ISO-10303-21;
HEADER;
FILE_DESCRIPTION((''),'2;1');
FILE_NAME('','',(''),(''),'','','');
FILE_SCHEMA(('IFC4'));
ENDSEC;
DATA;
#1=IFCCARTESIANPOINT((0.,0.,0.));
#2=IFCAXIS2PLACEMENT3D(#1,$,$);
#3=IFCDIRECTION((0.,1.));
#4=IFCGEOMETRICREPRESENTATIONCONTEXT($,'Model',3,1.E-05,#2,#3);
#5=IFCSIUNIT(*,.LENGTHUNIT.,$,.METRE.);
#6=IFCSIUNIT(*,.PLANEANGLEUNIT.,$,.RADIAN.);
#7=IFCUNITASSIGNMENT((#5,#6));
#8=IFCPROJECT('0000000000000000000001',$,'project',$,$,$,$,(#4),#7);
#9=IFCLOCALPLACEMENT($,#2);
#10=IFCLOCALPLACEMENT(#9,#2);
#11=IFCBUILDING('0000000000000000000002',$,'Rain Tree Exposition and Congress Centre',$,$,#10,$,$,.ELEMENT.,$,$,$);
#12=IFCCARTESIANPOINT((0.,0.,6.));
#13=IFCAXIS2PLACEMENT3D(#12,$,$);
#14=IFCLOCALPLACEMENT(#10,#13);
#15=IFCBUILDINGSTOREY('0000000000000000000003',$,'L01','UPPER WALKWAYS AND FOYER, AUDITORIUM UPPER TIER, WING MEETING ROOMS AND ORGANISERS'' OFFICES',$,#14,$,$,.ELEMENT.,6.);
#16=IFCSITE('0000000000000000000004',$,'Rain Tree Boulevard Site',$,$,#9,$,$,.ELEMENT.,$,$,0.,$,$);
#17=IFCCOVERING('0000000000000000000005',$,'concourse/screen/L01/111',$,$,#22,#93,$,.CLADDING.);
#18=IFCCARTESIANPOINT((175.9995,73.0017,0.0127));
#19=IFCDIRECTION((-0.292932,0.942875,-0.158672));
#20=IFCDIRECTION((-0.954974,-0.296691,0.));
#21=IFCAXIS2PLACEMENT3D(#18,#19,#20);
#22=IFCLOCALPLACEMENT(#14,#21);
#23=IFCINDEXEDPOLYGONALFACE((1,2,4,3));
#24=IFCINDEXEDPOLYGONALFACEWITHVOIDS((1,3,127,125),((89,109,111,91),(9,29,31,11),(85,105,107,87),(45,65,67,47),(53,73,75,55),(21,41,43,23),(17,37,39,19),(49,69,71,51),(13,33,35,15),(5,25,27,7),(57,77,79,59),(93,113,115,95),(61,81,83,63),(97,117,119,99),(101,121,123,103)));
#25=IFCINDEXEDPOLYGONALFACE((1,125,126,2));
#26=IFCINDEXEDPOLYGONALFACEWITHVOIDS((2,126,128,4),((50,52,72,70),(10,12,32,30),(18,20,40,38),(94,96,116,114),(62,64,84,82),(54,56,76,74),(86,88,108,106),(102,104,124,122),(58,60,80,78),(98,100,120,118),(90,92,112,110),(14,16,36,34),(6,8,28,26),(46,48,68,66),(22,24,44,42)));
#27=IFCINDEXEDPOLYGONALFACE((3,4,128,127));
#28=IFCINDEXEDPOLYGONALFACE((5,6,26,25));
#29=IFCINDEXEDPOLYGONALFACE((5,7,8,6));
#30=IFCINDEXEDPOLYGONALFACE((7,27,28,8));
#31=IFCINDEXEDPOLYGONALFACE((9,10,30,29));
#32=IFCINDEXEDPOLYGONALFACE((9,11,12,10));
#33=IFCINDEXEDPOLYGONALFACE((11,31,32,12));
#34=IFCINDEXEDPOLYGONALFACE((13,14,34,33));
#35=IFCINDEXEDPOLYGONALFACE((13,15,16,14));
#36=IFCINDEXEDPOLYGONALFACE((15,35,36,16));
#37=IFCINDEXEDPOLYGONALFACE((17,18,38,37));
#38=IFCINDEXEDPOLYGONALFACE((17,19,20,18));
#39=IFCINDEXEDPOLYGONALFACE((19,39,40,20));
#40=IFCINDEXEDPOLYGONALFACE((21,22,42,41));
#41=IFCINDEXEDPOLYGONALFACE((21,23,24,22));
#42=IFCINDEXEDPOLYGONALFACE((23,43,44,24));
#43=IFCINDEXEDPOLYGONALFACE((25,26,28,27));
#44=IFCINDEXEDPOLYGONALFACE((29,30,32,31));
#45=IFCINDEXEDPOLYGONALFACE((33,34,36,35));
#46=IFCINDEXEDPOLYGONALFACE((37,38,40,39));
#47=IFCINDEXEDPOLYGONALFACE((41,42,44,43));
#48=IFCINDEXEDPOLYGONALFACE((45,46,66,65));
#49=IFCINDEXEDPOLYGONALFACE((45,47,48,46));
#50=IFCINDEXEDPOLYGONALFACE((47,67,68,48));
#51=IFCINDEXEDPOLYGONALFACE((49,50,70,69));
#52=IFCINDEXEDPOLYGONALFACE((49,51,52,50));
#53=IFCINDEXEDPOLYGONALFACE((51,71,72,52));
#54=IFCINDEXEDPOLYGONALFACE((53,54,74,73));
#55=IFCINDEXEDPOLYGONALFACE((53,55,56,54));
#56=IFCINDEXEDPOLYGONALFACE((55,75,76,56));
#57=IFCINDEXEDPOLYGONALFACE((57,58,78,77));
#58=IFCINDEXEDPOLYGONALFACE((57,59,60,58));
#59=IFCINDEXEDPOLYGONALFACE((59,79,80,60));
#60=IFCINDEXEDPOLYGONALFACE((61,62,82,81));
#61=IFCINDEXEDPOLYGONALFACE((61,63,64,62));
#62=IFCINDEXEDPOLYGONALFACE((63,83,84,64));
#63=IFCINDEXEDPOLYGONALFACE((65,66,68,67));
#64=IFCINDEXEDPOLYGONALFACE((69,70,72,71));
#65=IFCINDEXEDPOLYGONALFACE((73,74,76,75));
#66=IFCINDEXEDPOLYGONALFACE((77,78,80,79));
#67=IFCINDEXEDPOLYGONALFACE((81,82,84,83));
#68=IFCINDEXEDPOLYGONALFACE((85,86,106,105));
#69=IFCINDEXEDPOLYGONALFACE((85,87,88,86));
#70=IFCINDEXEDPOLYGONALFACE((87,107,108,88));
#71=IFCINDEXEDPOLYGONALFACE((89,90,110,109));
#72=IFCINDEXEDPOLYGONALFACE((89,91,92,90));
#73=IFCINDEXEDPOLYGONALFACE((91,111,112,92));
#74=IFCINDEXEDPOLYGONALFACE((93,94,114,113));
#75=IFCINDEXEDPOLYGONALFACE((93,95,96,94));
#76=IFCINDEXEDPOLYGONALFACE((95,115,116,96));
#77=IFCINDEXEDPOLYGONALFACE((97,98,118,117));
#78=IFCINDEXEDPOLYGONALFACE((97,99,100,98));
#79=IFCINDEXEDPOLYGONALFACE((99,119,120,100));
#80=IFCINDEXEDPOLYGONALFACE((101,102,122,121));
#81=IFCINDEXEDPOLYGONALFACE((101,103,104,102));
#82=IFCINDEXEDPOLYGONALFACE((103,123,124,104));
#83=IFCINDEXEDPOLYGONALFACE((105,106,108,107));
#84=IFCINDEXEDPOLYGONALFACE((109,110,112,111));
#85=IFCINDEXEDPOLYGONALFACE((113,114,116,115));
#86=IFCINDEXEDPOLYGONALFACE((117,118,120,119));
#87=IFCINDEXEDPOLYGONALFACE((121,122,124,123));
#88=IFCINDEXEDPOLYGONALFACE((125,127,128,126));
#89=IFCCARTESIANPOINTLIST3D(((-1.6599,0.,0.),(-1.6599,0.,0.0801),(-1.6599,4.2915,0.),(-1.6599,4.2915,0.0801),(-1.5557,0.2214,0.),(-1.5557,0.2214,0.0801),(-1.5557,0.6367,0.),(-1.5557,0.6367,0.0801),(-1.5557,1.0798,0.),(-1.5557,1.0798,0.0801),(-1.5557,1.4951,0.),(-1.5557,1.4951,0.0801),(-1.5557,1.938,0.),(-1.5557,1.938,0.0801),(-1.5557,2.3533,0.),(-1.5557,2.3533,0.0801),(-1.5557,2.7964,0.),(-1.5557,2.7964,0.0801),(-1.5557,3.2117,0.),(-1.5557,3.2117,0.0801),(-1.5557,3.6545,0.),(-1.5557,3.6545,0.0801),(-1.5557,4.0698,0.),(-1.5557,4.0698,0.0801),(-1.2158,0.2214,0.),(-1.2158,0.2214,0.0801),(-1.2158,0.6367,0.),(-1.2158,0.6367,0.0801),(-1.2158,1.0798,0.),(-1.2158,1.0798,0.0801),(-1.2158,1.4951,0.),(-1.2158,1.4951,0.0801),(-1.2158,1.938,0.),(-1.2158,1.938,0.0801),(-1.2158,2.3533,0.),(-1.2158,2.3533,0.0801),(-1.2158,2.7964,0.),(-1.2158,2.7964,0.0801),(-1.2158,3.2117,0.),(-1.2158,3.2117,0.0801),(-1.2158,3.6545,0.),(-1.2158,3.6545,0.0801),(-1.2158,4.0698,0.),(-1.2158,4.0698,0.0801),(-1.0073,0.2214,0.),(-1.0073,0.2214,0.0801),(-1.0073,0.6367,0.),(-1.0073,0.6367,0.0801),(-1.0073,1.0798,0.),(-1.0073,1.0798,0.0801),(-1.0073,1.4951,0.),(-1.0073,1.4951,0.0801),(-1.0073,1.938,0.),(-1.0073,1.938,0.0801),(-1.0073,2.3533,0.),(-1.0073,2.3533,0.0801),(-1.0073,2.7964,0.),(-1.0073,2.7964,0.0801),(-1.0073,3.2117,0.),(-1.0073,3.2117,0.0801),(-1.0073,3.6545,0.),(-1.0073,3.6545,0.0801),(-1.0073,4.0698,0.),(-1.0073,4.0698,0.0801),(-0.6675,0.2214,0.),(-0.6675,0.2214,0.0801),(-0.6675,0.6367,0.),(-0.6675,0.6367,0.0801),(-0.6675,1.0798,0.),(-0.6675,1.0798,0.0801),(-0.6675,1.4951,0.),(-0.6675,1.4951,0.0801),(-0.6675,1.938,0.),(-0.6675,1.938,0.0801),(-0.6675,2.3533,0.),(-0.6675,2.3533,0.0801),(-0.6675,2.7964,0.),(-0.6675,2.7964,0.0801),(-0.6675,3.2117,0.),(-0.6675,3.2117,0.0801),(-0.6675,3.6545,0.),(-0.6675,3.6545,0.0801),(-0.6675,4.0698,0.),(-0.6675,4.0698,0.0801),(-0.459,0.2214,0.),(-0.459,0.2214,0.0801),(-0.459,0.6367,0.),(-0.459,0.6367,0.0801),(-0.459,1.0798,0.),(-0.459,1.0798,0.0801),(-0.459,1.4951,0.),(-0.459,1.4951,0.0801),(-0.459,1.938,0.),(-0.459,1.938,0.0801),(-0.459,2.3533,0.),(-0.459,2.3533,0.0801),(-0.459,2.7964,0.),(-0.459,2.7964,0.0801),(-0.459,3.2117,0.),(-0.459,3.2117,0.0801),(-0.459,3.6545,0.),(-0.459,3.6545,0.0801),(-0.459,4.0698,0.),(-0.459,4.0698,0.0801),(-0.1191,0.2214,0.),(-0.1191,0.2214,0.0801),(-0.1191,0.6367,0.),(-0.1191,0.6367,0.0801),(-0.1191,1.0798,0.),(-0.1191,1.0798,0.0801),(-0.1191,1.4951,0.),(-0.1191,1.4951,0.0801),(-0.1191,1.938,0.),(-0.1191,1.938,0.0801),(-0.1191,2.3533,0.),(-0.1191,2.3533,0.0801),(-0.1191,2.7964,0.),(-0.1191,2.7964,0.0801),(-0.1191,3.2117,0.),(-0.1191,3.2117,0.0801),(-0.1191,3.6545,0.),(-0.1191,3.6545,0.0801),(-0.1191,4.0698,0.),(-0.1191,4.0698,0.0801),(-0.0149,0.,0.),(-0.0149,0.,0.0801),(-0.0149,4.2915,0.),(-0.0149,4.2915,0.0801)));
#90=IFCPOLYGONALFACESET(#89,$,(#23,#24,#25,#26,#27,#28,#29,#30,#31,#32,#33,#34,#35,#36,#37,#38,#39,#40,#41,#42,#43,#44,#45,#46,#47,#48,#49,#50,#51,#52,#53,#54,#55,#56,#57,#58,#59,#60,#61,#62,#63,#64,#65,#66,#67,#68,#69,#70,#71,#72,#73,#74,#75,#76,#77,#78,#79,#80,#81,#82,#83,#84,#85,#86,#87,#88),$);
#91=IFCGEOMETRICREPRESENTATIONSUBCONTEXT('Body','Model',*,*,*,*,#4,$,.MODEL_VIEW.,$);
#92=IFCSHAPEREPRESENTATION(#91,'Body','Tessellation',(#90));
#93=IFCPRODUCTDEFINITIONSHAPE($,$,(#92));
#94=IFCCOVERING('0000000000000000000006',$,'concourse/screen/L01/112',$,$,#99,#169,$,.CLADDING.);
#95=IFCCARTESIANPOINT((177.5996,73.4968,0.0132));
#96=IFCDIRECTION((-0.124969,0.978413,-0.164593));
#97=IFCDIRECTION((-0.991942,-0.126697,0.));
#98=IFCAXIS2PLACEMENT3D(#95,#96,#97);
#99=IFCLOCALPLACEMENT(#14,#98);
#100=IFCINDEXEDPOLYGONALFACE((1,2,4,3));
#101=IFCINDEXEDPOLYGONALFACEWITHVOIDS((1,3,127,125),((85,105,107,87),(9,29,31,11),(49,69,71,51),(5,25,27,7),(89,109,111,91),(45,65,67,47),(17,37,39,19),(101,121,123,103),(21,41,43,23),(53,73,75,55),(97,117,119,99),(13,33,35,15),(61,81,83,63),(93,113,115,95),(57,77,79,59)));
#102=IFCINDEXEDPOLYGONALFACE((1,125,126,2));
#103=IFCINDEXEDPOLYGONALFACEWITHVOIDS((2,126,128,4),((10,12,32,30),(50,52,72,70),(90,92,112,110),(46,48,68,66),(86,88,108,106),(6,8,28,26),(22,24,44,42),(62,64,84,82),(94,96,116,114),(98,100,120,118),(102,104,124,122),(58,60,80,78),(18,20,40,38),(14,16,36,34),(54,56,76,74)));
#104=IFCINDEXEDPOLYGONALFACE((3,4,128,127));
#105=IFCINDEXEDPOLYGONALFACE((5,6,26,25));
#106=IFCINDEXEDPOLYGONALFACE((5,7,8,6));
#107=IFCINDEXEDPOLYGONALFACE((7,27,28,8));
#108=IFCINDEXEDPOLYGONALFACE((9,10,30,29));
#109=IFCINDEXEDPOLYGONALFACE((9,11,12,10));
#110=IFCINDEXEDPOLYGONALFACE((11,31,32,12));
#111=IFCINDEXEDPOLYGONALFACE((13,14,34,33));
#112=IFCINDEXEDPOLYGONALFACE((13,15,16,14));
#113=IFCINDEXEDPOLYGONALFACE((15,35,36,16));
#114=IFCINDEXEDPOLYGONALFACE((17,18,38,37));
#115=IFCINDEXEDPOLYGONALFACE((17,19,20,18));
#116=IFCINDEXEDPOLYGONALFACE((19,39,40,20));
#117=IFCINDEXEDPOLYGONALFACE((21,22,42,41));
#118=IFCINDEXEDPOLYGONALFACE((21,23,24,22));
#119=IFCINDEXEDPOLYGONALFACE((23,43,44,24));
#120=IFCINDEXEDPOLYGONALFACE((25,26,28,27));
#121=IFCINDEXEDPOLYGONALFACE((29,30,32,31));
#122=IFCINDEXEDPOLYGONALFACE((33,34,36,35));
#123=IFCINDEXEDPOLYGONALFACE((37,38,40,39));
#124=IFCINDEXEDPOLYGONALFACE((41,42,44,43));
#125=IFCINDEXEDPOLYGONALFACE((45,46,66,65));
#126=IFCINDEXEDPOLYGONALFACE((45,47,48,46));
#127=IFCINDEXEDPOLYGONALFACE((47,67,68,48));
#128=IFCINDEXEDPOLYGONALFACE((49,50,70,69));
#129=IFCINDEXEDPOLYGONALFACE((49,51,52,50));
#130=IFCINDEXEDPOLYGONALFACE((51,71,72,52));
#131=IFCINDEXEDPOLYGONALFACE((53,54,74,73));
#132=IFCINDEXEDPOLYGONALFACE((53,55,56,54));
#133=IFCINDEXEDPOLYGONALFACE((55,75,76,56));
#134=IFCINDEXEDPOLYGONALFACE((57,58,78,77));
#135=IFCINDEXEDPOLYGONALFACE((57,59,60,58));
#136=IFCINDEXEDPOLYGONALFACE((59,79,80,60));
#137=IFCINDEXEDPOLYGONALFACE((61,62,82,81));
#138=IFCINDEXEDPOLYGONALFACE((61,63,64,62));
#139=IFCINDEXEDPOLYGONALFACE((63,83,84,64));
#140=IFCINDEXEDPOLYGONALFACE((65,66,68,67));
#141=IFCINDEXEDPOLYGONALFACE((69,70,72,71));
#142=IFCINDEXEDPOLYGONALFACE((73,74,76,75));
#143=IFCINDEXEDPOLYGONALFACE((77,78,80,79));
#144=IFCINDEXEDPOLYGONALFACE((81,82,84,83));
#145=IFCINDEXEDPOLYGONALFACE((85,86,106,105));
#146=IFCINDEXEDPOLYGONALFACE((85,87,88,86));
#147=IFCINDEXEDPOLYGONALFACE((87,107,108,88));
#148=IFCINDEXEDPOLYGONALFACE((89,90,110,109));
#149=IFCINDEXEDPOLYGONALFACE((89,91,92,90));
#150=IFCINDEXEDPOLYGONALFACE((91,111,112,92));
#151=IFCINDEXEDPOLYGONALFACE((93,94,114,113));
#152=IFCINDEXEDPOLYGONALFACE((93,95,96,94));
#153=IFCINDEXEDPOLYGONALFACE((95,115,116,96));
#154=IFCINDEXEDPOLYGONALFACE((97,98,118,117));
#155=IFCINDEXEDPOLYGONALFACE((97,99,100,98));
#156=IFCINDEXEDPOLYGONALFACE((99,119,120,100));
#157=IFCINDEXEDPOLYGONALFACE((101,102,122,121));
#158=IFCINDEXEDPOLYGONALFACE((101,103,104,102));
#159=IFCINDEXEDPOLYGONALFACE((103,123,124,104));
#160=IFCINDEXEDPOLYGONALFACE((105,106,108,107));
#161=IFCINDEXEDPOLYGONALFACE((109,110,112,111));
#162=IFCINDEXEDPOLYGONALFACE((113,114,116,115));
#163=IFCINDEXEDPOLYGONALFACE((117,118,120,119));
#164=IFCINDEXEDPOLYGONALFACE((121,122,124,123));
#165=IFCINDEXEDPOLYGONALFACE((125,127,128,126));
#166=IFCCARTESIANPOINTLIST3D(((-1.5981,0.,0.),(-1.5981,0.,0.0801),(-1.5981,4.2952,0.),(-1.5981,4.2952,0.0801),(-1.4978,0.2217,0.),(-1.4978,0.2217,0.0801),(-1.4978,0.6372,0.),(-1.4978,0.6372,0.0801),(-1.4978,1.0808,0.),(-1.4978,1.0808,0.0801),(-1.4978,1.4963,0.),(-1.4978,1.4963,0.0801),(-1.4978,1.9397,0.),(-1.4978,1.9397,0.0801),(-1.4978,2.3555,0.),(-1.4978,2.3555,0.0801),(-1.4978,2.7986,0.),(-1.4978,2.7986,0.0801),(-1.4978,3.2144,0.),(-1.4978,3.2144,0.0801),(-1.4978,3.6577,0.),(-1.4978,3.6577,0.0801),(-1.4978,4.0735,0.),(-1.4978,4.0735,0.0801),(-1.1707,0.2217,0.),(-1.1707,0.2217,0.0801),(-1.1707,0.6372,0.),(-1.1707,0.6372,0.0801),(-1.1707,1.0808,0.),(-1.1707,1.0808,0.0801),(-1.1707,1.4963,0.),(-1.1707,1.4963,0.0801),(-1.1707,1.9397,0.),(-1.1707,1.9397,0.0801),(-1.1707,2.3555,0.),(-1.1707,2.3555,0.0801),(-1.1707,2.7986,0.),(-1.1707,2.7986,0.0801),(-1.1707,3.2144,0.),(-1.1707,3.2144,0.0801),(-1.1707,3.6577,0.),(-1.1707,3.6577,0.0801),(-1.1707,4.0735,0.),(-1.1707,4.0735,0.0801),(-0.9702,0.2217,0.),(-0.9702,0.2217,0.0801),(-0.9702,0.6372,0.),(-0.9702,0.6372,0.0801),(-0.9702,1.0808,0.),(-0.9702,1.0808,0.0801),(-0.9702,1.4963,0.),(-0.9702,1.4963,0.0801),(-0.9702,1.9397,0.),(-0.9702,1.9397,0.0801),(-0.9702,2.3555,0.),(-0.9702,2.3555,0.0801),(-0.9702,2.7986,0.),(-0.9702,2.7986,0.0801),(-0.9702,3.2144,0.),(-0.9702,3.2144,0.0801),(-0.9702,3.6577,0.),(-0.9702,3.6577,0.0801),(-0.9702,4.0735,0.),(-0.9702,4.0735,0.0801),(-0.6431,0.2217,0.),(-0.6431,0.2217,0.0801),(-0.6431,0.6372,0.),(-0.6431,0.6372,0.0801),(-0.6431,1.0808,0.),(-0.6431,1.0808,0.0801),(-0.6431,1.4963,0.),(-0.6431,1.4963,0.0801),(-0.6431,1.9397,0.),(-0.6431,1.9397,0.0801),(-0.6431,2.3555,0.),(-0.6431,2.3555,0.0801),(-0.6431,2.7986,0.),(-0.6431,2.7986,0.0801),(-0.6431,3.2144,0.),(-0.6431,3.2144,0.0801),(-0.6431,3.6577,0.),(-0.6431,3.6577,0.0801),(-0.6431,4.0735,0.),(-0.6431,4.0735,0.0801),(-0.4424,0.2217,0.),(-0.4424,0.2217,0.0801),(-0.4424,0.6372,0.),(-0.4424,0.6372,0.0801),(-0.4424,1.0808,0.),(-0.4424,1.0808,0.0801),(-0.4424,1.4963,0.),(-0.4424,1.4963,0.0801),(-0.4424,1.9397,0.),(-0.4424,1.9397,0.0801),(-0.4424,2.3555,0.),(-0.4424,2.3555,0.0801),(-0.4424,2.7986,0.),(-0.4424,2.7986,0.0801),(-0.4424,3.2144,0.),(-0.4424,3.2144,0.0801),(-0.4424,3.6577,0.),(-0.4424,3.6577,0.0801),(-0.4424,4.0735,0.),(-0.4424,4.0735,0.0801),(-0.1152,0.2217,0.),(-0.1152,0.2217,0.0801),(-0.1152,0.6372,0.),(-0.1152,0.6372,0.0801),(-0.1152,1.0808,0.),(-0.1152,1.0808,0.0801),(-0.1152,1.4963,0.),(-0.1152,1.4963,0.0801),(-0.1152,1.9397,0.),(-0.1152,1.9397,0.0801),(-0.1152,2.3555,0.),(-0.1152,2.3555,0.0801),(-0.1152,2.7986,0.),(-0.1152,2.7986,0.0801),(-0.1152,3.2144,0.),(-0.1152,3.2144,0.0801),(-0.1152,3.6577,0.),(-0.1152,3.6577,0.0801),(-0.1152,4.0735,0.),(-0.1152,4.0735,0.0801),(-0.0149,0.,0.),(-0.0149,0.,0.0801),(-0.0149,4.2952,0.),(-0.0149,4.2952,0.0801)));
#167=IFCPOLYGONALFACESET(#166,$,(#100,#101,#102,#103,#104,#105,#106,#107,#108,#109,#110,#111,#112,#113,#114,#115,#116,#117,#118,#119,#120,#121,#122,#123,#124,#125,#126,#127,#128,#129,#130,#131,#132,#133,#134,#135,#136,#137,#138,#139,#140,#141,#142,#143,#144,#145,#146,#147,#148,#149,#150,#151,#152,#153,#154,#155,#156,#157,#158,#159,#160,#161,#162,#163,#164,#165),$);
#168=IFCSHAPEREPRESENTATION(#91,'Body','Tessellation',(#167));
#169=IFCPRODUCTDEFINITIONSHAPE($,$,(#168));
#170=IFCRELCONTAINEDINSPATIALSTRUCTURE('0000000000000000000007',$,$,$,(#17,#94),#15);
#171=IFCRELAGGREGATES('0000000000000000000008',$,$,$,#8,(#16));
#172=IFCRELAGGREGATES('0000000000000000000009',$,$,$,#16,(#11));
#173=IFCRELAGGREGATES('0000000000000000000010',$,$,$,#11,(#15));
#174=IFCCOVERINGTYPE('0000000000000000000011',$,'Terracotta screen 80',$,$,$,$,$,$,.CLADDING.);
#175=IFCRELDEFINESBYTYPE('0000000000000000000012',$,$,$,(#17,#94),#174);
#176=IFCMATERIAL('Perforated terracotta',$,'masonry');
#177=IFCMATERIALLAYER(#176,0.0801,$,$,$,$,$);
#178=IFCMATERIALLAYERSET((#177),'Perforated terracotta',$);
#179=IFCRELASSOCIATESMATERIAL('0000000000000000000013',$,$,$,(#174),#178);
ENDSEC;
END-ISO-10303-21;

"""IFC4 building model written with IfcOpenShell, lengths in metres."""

from ifc_helpers import new_model, si_unit, direction, frame, origin, place, context, subcontext, project, spatial, polyline, outline, extrude, material, layer, layer_set, type_object, element, save


model = new_model("IFC4")

# Units and contexts
model_context = context("Model", 3, precision=1e-05, world=origin(), true_north=direction((0.0, 1.0)))
body_context = subcontext(model_context, "Body", "Model", "MODEL_VIEW")
ifc_project = project(units=[si_unit("LENGTHUNIT", "METRE"), si_unit("PLANEANGLEUNIT", "RADIAN")], contexts=[model_context])

# Site, building, storey
site_placement = place(None, origin())
site = spatial("IfcSite", under=ifc_project, at=site_placement, Name="Rain Tree Boulevard Site", CompositionType="ELEMENT", RefElevation=0.0)
building_placement = place(site_placement, origin())
building = spatial("IfcBuilding", under=site, at=building_placement, Name="Rain Tree Exposition and Congress Centre", CompositionType="ELEMENT")
storey_placement = place(building_placement, frame((0.0, 0.0, 6.0)))
storey = spatial("IfcBuildingStorey", under=building, at=storey_placement, Name="L01", Description="UPPER WALKWAYS AND FOYER, AUDITORIUM UPPER TIER, WING MEETING ROOMS AND ORGANISERS' OFFICES", CompositionType="ELEMENT", Elevation=6.0)

# Coverings
ifc_material_1 = material(Name="Perforated terracotta", Category="masonry")
ifc_layer_1 = layer(ifc_material_1, 0.0801)
ifc_layer_set_1 = layer_set([ifc_layer_1], Name="Perforated terracotta")
covering_type = type_object("IfcCoveringType", Name="Terracotta screen 80", PredefinedType="CLADDING", material=ifc_layer_set_1)
covering_1_placement = place(storey_placement, frame((175.9995, 73.0017, 0.0127), z_axis=(-0.292932, 0.942875, -0.158672), x_axis=(-0.954974, -0.296691, 0.0)))
element("IfcCovering", 1, at=covering_1_placement, inside=storey, type_object=covering_type, Name="concourse/screen/L01/111", PredefinedType="CLADDING", context=body_context, shape_type="SweptSolid", body=[
    extrude(outline(polyline([(-1.6599, 0.0), (-1.6599, 4.2915), (-0.0149, 4.2915), (-0.0149, 0.0), (-1.6599, 0.0)]), holes=[polyline([(-0.1191, 0.2214), (-0.1191, 0.6367), (-0.459, 0.6367), (-0.459, 0.2214), (-0.1191, 0.2214)]), polyline([(-0.1191, 1.0798), (-0.1191, 1.4951), (-0.459, 1.4951), (-0.459, 1.0798), (-0.1191, 1.0798)]), polyline([(-0.1191, 1.938), (-0.1191, 2.3533), (-0.459, 2.3533), (-0.459, 1.938), (-0.1191, 1.938)]), polyline([(-0.1191, 2.7964), (-0.1191, 3.2117), (-0.459, 3.2117), (-0.459, 2.7964), (-0.1191, 2.7964)]), polyline([(-0.1191, 3.6545), (-0.1191, 4.0698), (-0.459, 4.0698), (-0.459, 3.6545), (-0.1191, 3.6545)]), polyline([(-0.6675, 0.2214), (-0.6675, 0.6367), (-1.0073, 0.6367), (-1.0073, 0.2214), (-0.6675, 0.2214)]), polyline([(-0.6675, 1.0798), (-0.6675, 1.4951), (-1.0073, 1.4951), (-1.0073, 1.0798), (-0.6675, 1.0798)]), polyline([(-0.6675, 1.938), (-0.6675, 2.3533), (-1.0073, 2.3533), (-1.0073, 1.938), (-0.6675, 1.938)]), polyline([(-0.6675, 2.7964), (-0.6675, 3.2117), (-1.0073, 3.2117), (-1.0073, 2.7964), (-0.6675, 2.7964)]), polyline([(-0.6675, 3.6545), (-0.6675, 4.0698), (-1.0073, 4.0698), (-1.0073, 3.6545), (-0.6675, 3.6545)]), polyline([(-1.2158, 0.2214), (-1.2158, 0.6367), (-1.5557, 0.6367), (-1.5557, 0.2214), (-1.2158, 0.2214)]), polyline([(-1.2158, 1.0798), (-1.2158, 1.4951), (-1.5557, 1.4951), (-1.5557, 1.0798), (-1.2158, 1.0798)]), polyline([(-1.2158, 1.938), (-1.2158, 2.3533), (-1.5557, 2.3533), (-1.5557, 1.938), (-1.2158, 1.938)]), polyline([(-1.2158, 2.7964), (-1.2158, 3.2117), (-1.5557, 3.2117), (-1.5557, 2.7964), (-1.2158, 2.7964)]), polyline([(-1.2158, 3.6545), (-1.2158, 4.0698), (-1.5557, 4.0698), (-1.5557, 3.6545), (-1.2158, 3.6545)])]), origin(), (0.0, 0.0, 1.0), 0.0801),
])
covering_2_placement = place(storey_placement, frame((177.5996, 73.4968, 0.0132), z_axis=(-0.124969, 0.978413, -0.164593), x_axis=(-0.991942, -0.126697, 0.0)))
element("IfcCovering", 2, at=covering_2_placement, inside=storey, type_object=covering_type, Name="concourse/screen/L01/112", PredefinedType="CLADDING", context=body_context, shape_type="SweptSolid", body=[
    extrude(outline(polyline([(-1.5981, 0.0), (-1.5981, 4.2952), (-0.0149, 4.2952), (-0.0149, 0.0), (-1.5981, 0.0)]), holes=[polyline([(-0.1152, 0.2217), (-0.1152, 0.6372), (-0.4424, 0.6372), (-0.4424, 0.2217), (-0.1152, 0.2217)]), polyline([(-0.1152, 1.0808), (-0.1152, 1.4963), (-0.4424, 1.4963), (-0.4424, 1.0808), (-0.1152, 1.0808)]), polyline([(-0.1152, 1.9397), (-0.1152, 2.3555), (-0.4424, 2.3555), (-0.4424, 1.9397), (-0.1152, 1.9397)]), polyline([(-0.1152, 2.7986), (-0.1152, 3.2144), (-0.4424, 3.2144), (-0.4424, 2.7986), (-0.1152, 2.7986)]), polyline([(-0.1152, 3.6577), (-0.1152, 4.0735), (-0.4424, 4.0735), (-0.4424, 3.6577), (-0.1152, 3.6577)]), polyline([(-0.6431, 0.2217), (-0.6431, 0.6372), (-0.9702, 0.6372), (-0.9702, 0.2217), (-0.6431, 0.2217)]), polyline([(-0.6431, 1.0808), (-0.6431, 1.4963), (-0.9702, 1.4963), (-0.9702, 1.0808), (-0.6431, 1.0808)]), polyline([(-0.6431, 1.9397), (-0.6431, 2.3555), (-0.9702, 2.3555), (-0.9702, 1.9397), (-0.6431, 1.9397)]), polyline([(-0.6431, 2.7986), (-0.6431, 3.2144), (-0.9702, 3.2144), (-0.9702, 2.7986), (-0.6431, 2.7986)]), polyline([(-0.6431, 3.6577), (-0.6431, 4.0735), (-0.9702, 4.0735), (-0.9702, 3.6577), (-0.6431, 3.6577)]), polyline([(-1.1707, 0.2217), (-1.1707, 0.6372), (-1.4978, 0.6372), (-1.4978, 0.2217), (-1.1707, 0.2217)]), polyline([(-1.1707, 1.0808), (-1.1707, 1.4963), (-1.4978, 1.4963), (-1.4978, 1.0808), (-1.1707, 1.0808)]), polyline([(-1.1707, 1.9397), (-1.1707, 2.3555), (-1.4978, 2.3555), (-1.4978, 1.9397), (-1.1707, 1.9397)]), polyline([(-1.1707, 2.7986), (-1.1707, 3.2144), (-1.4978, 3.2144), (-1.4978, 2.7986), (-1.1707, 2.7986)]), polyline([(-1.1707, 3.6577), (-1.1707, 4.0735), (-1.4978, 4.0735), (-1.4978, 3.6577), (-1.1707, 3.6577)])]), origin(), (0.0, 0.0, 1.0), 0.0801),
])

save(model, "model.ifc")
